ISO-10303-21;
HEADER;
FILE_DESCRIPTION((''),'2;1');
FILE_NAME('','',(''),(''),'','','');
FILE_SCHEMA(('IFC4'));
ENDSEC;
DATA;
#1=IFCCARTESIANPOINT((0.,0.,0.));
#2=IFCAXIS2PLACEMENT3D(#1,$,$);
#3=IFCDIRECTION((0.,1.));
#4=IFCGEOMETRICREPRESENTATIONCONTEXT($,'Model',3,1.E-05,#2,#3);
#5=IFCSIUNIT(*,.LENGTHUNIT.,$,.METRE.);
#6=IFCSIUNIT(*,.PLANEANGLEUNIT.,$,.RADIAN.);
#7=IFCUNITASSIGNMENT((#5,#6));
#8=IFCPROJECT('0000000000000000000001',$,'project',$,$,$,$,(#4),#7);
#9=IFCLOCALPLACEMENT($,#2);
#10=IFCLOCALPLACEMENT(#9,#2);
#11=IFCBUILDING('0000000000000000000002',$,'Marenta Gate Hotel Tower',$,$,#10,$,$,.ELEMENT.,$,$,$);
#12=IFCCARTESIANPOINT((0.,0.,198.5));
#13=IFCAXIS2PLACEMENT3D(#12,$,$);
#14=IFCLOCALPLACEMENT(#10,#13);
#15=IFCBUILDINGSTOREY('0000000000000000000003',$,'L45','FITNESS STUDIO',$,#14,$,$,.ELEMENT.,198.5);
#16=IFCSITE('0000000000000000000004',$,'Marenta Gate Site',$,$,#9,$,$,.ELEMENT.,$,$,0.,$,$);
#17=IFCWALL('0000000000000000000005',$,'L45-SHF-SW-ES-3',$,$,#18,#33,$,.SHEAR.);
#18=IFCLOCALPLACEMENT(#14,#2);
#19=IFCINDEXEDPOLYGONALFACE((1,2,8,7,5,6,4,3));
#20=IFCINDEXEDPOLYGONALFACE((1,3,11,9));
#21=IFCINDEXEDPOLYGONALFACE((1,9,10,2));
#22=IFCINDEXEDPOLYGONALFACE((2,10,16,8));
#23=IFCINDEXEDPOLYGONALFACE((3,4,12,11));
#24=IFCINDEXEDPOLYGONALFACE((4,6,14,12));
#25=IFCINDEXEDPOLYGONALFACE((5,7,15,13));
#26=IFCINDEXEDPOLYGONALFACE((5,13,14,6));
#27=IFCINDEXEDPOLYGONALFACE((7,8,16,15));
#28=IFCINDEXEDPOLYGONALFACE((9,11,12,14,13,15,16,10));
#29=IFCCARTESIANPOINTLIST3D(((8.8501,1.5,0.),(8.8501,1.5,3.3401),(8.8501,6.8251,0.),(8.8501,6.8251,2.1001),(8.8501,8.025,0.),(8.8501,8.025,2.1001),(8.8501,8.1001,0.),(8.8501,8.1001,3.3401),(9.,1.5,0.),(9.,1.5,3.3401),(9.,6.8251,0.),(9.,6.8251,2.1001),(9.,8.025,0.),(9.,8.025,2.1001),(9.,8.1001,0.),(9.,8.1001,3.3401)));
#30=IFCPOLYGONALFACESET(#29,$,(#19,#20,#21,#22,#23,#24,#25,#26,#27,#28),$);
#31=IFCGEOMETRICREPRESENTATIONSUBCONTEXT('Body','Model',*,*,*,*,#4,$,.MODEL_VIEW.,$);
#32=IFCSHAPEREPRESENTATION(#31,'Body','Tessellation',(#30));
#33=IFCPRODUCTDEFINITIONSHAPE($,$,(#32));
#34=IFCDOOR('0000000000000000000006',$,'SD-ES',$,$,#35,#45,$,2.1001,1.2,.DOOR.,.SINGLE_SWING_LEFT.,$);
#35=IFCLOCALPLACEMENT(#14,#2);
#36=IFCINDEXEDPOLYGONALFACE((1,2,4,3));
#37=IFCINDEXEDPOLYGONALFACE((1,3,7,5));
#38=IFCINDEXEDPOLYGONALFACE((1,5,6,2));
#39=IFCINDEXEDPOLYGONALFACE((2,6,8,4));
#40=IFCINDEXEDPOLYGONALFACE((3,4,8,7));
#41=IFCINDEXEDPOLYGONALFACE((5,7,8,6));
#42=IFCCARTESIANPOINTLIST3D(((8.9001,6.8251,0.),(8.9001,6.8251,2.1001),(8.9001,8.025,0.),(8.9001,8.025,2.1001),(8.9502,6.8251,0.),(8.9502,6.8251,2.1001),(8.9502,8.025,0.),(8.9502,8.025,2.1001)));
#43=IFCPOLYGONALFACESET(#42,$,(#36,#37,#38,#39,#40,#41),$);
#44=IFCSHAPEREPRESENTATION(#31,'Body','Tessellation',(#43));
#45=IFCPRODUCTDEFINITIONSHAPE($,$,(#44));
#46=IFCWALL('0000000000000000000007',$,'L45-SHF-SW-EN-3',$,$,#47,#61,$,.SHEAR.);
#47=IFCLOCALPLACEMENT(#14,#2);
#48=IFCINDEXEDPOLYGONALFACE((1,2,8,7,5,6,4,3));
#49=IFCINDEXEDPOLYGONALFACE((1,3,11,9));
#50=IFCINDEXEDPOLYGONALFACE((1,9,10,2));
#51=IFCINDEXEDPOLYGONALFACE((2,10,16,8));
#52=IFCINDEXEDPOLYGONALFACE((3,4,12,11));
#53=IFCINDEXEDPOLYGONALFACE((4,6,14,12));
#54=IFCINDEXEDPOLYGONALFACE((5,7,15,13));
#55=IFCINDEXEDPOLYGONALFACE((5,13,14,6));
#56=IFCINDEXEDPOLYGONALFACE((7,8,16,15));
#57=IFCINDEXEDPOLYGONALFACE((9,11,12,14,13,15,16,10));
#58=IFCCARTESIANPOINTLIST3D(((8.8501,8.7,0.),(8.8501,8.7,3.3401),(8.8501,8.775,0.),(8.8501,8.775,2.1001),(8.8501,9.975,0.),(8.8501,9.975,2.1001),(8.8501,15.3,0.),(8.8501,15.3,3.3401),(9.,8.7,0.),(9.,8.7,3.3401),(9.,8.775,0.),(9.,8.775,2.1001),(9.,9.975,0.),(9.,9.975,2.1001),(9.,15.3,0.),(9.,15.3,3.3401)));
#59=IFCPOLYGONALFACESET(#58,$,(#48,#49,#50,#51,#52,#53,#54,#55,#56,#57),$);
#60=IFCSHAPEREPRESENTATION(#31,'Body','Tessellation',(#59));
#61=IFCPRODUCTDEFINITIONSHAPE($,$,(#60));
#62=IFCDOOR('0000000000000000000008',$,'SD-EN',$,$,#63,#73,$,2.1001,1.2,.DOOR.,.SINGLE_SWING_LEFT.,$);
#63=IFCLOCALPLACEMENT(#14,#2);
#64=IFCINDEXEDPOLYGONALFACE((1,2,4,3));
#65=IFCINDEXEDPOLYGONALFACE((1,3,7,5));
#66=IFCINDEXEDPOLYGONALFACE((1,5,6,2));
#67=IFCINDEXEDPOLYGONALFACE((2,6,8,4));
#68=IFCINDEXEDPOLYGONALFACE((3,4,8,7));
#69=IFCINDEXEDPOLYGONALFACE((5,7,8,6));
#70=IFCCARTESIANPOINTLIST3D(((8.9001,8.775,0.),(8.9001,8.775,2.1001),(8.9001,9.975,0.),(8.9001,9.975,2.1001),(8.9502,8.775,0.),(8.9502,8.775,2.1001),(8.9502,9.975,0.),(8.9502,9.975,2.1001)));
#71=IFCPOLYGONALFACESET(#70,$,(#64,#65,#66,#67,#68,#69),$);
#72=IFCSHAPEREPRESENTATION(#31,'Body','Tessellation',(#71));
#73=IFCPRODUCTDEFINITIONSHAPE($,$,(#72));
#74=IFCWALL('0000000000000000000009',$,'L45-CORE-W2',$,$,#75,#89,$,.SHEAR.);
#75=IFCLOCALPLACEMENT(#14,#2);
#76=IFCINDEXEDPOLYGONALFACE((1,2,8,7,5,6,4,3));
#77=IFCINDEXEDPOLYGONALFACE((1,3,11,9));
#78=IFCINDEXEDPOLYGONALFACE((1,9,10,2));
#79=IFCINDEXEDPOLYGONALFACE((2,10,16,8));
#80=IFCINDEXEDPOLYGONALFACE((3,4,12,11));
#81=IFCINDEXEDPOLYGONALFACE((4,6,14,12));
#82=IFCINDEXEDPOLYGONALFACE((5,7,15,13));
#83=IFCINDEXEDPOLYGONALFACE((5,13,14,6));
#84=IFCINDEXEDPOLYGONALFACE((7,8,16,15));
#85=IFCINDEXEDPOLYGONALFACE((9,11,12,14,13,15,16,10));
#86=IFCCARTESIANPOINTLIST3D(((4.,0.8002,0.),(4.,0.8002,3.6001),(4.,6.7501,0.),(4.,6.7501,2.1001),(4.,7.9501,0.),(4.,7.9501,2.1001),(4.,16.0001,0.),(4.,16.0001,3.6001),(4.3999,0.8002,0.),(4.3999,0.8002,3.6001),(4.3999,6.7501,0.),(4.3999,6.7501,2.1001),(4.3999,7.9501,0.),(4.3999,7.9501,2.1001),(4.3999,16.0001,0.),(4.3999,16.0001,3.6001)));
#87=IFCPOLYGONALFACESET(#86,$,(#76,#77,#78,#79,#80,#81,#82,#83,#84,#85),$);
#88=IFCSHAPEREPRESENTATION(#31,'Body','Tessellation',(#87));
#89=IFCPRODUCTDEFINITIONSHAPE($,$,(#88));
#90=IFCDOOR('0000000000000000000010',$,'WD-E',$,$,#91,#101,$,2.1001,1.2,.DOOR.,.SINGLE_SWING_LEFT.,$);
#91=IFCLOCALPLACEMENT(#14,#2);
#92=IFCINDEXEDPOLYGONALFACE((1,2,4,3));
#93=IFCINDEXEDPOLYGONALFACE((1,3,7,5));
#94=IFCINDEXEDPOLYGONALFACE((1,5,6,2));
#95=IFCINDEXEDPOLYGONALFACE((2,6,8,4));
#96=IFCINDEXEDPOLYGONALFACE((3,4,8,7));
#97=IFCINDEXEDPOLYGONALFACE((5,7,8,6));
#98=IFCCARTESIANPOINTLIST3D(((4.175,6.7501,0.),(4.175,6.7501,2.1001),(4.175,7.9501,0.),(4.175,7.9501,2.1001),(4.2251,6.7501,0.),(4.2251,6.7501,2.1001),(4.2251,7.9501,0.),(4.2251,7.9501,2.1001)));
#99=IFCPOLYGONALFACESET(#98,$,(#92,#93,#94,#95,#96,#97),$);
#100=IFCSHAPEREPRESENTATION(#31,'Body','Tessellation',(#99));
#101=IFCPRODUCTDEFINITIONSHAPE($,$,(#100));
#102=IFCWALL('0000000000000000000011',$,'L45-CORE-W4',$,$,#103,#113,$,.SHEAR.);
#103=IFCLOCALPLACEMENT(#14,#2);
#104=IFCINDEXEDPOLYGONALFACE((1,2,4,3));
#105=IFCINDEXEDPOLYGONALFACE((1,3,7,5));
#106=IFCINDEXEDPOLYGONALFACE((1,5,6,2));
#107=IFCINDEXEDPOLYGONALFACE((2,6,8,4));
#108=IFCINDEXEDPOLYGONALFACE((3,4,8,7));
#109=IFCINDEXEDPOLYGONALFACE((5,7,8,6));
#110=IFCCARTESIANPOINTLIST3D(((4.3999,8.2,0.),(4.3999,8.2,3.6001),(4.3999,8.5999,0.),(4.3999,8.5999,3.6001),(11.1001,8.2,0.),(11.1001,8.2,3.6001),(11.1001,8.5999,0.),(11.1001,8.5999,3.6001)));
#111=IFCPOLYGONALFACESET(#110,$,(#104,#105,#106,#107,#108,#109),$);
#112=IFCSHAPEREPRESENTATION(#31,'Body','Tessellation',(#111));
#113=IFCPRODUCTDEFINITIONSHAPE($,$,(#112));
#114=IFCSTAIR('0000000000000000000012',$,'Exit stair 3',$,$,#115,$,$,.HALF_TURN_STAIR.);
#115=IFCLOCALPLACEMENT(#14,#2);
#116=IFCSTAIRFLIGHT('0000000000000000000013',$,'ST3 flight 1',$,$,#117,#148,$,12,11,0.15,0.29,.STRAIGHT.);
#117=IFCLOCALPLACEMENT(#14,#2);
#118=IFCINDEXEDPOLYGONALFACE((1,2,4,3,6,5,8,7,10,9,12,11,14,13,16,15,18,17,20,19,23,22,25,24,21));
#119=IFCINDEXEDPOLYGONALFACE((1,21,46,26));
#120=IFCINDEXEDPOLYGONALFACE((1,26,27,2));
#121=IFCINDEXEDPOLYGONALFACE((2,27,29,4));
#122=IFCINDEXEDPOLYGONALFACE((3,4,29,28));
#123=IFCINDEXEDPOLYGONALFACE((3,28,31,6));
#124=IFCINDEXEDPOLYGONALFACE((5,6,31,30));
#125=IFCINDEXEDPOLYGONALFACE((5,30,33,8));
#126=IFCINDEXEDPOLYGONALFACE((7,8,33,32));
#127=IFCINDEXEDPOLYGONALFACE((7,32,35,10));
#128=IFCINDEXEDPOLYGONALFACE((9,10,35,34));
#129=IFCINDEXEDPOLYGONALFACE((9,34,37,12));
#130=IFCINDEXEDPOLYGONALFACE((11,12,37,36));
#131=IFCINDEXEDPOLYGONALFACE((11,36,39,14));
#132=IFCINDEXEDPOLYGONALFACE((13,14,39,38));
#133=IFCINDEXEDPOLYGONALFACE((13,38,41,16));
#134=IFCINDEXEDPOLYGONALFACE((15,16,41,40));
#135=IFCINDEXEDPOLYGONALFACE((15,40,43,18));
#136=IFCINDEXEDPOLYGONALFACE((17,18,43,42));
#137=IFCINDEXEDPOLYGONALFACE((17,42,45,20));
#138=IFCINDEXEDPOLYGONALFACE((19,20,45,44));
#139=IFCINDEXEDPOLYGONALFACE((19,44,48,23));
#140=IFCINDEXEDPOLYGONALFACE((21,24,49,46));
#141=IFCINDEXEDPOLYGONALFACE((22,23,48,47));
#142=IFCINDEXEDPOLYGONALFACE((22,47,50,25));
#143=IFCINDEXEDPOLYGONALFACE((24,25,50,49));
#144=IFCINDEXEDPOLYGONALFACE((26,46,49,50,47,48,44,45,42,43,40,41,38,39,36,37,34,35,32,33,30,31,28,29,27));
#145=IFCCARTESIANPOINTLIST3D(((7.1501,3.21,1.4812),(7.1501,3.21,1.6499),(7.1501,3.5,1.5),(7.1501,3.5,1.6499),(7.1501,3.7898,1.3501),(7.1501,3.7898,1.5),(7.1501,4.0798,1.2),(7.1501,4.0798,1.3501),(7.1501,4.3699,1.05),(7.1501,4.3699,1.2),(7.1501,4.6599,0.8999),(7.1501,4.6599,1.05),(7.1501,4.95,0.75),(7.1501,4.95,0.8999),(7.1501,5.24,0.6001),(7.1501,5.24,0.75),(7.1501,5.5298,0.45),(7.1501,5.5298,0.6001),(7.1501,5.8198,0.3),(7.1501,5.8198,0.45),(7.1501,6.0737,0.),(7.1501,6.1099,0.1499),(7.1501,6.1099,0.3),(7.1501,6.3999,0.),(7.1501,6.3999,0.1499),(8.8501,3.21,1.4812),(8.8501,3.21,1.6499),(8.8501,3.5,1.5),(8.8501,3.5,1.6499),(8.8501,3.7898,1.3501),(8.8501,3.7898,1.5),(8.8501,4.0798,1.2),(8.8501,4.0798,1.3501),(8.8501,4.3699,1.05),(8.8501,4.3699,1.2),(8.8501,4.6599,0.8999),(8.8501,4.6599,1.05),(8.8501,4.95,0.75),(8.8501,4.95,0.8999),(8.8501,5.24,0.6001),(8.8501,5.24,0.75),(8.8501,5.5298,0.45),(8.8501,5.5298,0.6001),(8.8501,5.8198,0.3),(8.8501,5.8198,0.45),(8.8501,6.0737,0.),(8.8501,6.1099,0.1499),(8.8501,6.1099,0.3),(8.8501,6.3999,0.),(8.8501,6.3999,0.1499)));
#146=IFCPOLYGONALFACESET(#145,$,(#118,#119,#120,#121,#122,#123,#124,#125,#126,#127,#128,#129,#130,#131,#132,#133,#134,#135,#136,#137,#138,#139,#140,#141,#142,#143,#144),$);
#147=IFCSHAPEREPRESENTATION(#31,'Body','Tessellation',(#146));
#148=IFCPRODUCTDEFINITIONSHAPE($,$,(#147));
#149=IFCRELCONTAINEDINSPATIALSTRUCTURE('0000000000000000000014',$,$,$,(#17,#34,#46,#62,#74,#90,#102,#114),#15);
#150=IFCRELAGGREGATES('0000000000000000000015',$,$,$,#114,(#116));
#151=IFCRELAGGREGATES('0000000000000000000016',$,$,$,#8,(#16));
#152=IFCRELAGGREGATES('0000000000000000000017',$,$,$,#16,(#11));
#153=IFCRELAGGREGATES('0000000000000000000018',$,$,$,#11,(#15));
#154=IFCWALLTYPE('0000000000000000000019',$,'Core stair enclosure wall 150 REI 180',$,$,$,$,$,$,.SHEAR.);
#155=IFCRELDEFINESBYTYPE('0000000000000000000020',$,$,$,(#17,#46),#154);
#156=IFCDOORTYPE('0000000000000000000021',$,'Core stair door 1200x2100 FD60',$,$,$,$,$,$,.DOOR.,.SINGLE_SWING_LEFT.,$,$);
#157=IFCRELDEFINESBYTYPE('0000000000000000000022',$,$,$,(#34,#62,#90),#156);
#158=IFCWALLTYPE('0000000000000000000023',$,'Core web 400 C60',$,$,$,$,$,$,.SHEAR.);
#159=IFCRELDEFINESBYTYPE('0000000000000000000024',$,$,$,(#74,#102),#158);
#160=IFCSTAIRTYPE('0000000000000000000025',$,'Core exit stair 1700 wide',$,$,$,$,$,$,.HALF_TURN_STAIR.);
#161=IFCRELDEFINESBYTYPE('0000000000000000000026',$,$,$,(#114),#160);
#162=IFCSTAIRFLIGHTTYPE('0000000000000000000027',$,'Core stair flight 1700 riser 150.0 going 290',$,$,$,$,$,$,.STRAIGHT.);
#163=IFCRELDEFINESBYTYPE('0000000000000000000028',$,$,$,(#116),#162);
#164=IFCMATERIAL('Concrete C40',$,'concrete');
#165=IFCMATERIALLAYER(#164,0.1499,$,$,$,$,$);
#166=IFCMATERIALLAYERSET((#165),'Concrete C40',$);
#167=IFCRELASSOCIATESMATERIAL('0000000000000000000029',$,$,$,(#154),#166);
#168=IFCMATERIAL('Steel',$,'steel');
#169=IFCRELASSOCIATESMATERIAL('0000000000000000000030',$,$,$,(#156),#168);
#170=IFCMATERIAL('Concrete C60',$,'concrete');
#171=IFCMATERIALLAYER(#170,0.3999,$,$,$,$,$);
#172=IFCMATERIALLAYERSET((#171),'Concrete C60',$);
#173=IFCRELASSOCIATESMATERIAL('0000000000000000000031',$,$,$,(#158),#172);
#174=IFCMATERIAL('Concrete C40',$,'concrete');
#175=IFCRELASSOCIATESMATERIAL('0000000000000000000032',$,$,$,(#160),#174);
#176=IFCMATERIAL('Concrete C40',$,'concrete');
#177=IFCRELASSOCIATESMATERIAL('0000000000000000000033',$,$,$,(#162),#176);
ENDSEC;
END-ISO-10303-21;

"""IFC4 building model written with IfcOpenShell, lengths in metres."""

from ifc_helpers import new_model, si_unit, direction, frame, frame_2d, origin, place, context, subcontext, project, spatial, polyline, rectangle, outline, extrude, material, layer, layer_set, type_object, element, fill, aggregate, save


model = new_model("IFC4")

# Units and contexts
model_context = context("Model", 3, precision=1e-05, world=origin(), true_north=direction((0.0, 1.0)))
body_context = subcontext(model_context, "Body", "Model", "MODEL_VIEW")
ifc_project = project(units=[si_unit("LENGTHUNIT", "METRE"), si_unit("PLANEANGLEUNIT", "RADIAN")], contexts=[model_context])

# Site, building, storey
site_placement = place(None, origin())
site = spatial("IfcSite", under=ifc_project, at=site_placement, Name="Marenta Gate Site", CompositionType="ELEMENT", RefElevation=0.0)
building_placement = place(site_placement, origin())
building = spatial("IfcBuilding", under=site, at=building_placement, Name="Marenta Gate Hotel Tower", CompositionType="ELEMENT")
storey_placement = place(building_placement, frame((0.0, 0.0, 198.5)))
storey = spatial("IfcBuildingStorey", under=building, at=storey_placement, Name="L45", Description="FITNESS STUDIO", CompositionType="ELEMENT", Elevation=198.5)

# Walls, openings, doors
ifc_material_1 = material(Name="Concrete C40", Category="concrete")
ifc_layer_1 = layer(ifc_material_1, 0.1499)
ifc_layer_set_1 = layer_set([ifc_layer_1], Name="Concrete C40")
wall_type_1 = type_object("IfcWallType", Name="Core stair enclosure wall 150 REI 180", PredefinedType="SHEAR", material=ifc_layer_set_1)
wall_1_placement = place(storey_placement, frame((8.925, 1.5, 0.0), z_axis=(0.0, 0.0, 1.0), x_axis=(0.0, 1.0, 0.0)))
wall_1 = element("IfcWall", 1, at=wall_1_placement, inside=storey, type_object=wall_type_1, Name="L45-SHF-SW-ES-3", PredefinedType="SHEAR", context=body_context, shape_type="SweptSolid", body=[
    extrude(rectangle(XDim=6.6001, YDim=0.1499, at=frame_2d((3.3, 0.0))), origin(), (0.0, 0.0, 1.0), 3.3401),
])
opening_1_placement = place(wall_1_placement, frame((5.325, 0.0, 0.0)))
opening_1 = element("IfcOpeningElement", 2, at=opening_1_placement, cuts=wall_1, PredefinedType="OPENING", context=body_context, shape_type="SweptSolid", body=[
    extrude(rectangle(XDim=1.2, YDim=2.1001, at=frame_2d((0.6001, 1.05))), frame((0.0, 0.075, 0.0), z_axis=(0.0, -1.0, 0.0), x_axis=(1.0, 0.0, 0.0)), (0.0, 0.0, 1.0), 0.1499),
])
ifc_material_2 = material(Name="Steel", Category="steel")
door_type_1 = type_object("IfcDoorType", Name="Core stair door 1200x2100 FD60", OperationType="SINGLE_SWING_LEFT", PredefinedType="DOOR", material=ifc_material_2)
door_1_placement = place(opening_1_placement, origin())
door_1 = element("IfcDoor", 3, at=door_1_placement, inside=storey, type_object=door_type_1, Name="SD-ES", OperationType="SINGLE_SWING_LEFT", OverallHeight=2.1001, OverallWidth=1.2, PredefinedType="DOOR", context=body_context, shape_type="SweptSolid", body=[
    extrude(rectangle(XDim=1.2, YDim=2.1001, at=frame_2d((0.6001, 1.05))), frame((0.0, 0.0249, 0.0), z_axis=(0.0, -1.0, 0.0), x_axis=(1.0, 0.0, 0.0)), (0.0, 0.0, 1.0), 0.05),
])
fill(opening_1, door_1)
wall_2_placement = place(storey_placement, frame((8.925, 8.7, 0.0), z_axis=(0.0, 0.0, 1.0), x_axis=(0.0, 1.0, 0.0)))
wall_2 = element("IfcWall", 4, at=wall_2_placement, inside=storey, type_object=wall_type_1, Name="L45-SHF-SW-EN-3", PredefinedType="SHEAR", context=body_context, shape_type="SweptSolid", body=[
    extrude(rectangle(XDim=6.6001, YDim=0.1499, at=frame_2d((3.3, 0.0))), origin(), (0.0, 0.0, 1.0), 3.3401),
])
opening_2_placement = place(wall_2_placement, frame((0.075, 0.0, 0.0)))
opening_2 = element("IfcOpeningElement", 5, at=opening_2_placement, cuts=wall_2, PredefinedType="OPENING", context=body_context, shape_type="SweptSolid", body=[
    extrude(rectangle(XDim=1.2, YDim=2.1001, at=frame_2d((0.6001, 1.05))), frame((0.0, 0.075, 0.0), z_axis=(0.0, -1.0, 0.0), x_axis=(1.0, 0.0, 0.0)), (0.0, 0.0, 1.0), 0.1499),
])
door_2_placement = place(opening_2_placement, origin())
door_2 = element("IfcDoor", 6, at=door_2_placement, inside=storey, type_object=door_type_1, Name="SD-EN", OperationType="SINGLE_SWING_LEFT", OverallHeight=2.1001, OverallWidth=1.2, PredefinedType="DOOR", context=body_context, shape_type="SweptSolid", body=[
    extrude(rectangle(XDim=1.2, YDim=2.1001, at=frame_2d((0.6001, 1.05))), frame((0.0, 0.0249, 0.0), z_axis=(0.0, -1.0, 0.0), x_axis=(1.0, 0.0, 0.0)), (0.0, 0.0, 1.0), 0.05),
])
fill(opening_2, door_2)
ifc_material_3 = material(Name="Concrete C60", Category="concrete")
ifc_layer_2 = layer(ifc_material_3, 0.3999)
ifc_layer_set_2 = layer_set([ifc_layer_2], Name="Concrete C60")
wall_type_2 = type_object("IfcWallType", Name="Core web 400 C60", PredefinedType="SHEAR", material=ifc_layer_set_2)
wall_3_placement = place(storey_placement, frame((4.2, 0.8, 0.0), z_axis=(0.0, 0.0, 1.0), x_axis=(0.0, 1.0, 0.0)))
wall_3 = element("IfcWall", 7, at=wall_3_placement, inside=storey, type_object=wall_type_2, Name="L45-CORE-W2", PredefinedType="SHEAR", context=body_context, shape_type="SweptSolid", body=[
    extrude(rectangle(XDim=15.2, YDim=0.3999, at=frame_2d((7.6001, 0.0))), origin(), (0.0, 0.0, 1.0), 3.6001),
])
opening_3_placement = place(wall_3_placement, frame((5.95, 0.0, 0.0)))
opening_3 = element("IfcOpeningElement", 8, at=opening_3_placement, cuts=wall_3, PredefinedType="OPENING", context=body_context, shape_type="SweptSolid", body=[
    extrude(rectangle(XDim=1.2, YDim=2.1001, at=frame_2d((0.6001, 1.05))), frame((0.0, 0.2, 0.0), z_axis=(0.0, -1.0, 0.0), x_axis=(1.0, 0.0, 0.0)), (0.0, 0.0, 1.0), 0.3999),
])
door_3_placement = place(opening_3_placement, origin())
door_3 = element("IfcDoor", 9, at=door_3_placement, inside=storey, type_object=door_type_1, Name="WD-E", OperationType="SINGLE_SWING_LEFT", OverallHeight=2.1001, OverallWidth=1.2, PredefinedType="DOOR", context=body_context, shape_type="SweptSolid", body=[
    extrude(rectangle(XDim=1.2, YDim=2.1001, at=frame_2d((0.6001, 1.05))), frame((0.0, 0.0249, 0.0), z_axis=(0.0, -1.0, 0.0), x_axis=(1.0, 0.0, 0.0)), (0.0, 0.0, 1.0), 0.05),
])
fill(opening_3, door_3)

# Wall
wall_4_placement = place(storey_placement, frame((4.3999, 8.3999, 0.0), z_axis=(0.0, 0.0, 1.0), x_axis=(1.0, 0.0, 0.0)))
element("IfcWall", 10, at=wall_4_placement, inside=storey, type_object=wall_type_2, Name="L45-CORE-W4", PredefinedType="SHEAR", context=body_context, shape_type="SweptSolid", body=[
    extrude(rectangle(XDim=6.7002, YDim=0.3999, at=frame_2d((3.3501, 0.0))), origin(), (0.0, 0.0, 1.0), 3.6001),
])

# Stair, stair flight
ifc_material_4 = material(Name="Concrete C40", Category="concrete")
stair_type = type_object("IfcStairType", Name="Core exit stair 1700 wide", PredefinedType="HALF_TURN_STAIR", material=ifc_material_4)
stair_placement = place(storey_placement, origin())
stair = element("IfcStair", 11, at=stair_placement, inside=storey, type_object=stair_type, Name="Exit stair 3", PredefinedType="HALF_TURN_STAIR")
ifc_material_5 = material(Name="Concrete C40", Category="concrete")
stair_flight_type = type_object("IfcStairFlightType", Name="Core stair flight 1700 riser 150.0 going 290", PredefinedType="STRAIGHT", material=ifc_material_5)
stair_flight_1_placement = place(storey_placement, frame((8.0, 6.3999, 0.0), z_axis=(0.0, 0.0, 1.0), x_axis=(0.0, -1.0, 0.0)))
stair_flight_1 = element("IfcStairFlight", 12, at=stair_flight_1_placement, type_object=stair_flight_type, Name="ST3 flight 1", NumberOfRisers=12, NumberOfTreads=11, PredefinedType="STRAIGHT", RiserHeight=0.15, TreadLength=0.29, context=body_context, shape_type="SweptSolid", body=[
    extrude(outline(polyline([(0.0, 0.0), (0.0, 0.1499), (0.29, 0.1499), (0.29, 0.3), (0.5801, 0.3), (0.5801, 0.45), (0.8701, 0.45), (0.8701, 0.6001), (1.1599, 0.6001), (1.1599, 0.75), (1.45, 0.75), (1.45, 0.8999), (1.74, 0.8999), (1.74, 1.05), (2.03, 1.05), (2.03, 1.2), (2.3201, 1.2), (2.3201, 1.3501), (2.6101, 1.3501), (2.6101, 1.5), (2.8999, 1.5), (2.8999, 1.6499), (3.1899, 1.6499), (3.1899, 1.8), (3.1899, 1.4812), (0.3262, 0.0), (0.0, 0.0)])), frame((0.0, 0.8501, 0.0), z_axis=(0.0, -1.0, 0.0), x_axis=(1.0, 0.0, 0.0)), (0.0, 0.0, 1.0), 1.7),
])
aggregate(stair, [stair_flight_1])

save(model, "model.ifc")
